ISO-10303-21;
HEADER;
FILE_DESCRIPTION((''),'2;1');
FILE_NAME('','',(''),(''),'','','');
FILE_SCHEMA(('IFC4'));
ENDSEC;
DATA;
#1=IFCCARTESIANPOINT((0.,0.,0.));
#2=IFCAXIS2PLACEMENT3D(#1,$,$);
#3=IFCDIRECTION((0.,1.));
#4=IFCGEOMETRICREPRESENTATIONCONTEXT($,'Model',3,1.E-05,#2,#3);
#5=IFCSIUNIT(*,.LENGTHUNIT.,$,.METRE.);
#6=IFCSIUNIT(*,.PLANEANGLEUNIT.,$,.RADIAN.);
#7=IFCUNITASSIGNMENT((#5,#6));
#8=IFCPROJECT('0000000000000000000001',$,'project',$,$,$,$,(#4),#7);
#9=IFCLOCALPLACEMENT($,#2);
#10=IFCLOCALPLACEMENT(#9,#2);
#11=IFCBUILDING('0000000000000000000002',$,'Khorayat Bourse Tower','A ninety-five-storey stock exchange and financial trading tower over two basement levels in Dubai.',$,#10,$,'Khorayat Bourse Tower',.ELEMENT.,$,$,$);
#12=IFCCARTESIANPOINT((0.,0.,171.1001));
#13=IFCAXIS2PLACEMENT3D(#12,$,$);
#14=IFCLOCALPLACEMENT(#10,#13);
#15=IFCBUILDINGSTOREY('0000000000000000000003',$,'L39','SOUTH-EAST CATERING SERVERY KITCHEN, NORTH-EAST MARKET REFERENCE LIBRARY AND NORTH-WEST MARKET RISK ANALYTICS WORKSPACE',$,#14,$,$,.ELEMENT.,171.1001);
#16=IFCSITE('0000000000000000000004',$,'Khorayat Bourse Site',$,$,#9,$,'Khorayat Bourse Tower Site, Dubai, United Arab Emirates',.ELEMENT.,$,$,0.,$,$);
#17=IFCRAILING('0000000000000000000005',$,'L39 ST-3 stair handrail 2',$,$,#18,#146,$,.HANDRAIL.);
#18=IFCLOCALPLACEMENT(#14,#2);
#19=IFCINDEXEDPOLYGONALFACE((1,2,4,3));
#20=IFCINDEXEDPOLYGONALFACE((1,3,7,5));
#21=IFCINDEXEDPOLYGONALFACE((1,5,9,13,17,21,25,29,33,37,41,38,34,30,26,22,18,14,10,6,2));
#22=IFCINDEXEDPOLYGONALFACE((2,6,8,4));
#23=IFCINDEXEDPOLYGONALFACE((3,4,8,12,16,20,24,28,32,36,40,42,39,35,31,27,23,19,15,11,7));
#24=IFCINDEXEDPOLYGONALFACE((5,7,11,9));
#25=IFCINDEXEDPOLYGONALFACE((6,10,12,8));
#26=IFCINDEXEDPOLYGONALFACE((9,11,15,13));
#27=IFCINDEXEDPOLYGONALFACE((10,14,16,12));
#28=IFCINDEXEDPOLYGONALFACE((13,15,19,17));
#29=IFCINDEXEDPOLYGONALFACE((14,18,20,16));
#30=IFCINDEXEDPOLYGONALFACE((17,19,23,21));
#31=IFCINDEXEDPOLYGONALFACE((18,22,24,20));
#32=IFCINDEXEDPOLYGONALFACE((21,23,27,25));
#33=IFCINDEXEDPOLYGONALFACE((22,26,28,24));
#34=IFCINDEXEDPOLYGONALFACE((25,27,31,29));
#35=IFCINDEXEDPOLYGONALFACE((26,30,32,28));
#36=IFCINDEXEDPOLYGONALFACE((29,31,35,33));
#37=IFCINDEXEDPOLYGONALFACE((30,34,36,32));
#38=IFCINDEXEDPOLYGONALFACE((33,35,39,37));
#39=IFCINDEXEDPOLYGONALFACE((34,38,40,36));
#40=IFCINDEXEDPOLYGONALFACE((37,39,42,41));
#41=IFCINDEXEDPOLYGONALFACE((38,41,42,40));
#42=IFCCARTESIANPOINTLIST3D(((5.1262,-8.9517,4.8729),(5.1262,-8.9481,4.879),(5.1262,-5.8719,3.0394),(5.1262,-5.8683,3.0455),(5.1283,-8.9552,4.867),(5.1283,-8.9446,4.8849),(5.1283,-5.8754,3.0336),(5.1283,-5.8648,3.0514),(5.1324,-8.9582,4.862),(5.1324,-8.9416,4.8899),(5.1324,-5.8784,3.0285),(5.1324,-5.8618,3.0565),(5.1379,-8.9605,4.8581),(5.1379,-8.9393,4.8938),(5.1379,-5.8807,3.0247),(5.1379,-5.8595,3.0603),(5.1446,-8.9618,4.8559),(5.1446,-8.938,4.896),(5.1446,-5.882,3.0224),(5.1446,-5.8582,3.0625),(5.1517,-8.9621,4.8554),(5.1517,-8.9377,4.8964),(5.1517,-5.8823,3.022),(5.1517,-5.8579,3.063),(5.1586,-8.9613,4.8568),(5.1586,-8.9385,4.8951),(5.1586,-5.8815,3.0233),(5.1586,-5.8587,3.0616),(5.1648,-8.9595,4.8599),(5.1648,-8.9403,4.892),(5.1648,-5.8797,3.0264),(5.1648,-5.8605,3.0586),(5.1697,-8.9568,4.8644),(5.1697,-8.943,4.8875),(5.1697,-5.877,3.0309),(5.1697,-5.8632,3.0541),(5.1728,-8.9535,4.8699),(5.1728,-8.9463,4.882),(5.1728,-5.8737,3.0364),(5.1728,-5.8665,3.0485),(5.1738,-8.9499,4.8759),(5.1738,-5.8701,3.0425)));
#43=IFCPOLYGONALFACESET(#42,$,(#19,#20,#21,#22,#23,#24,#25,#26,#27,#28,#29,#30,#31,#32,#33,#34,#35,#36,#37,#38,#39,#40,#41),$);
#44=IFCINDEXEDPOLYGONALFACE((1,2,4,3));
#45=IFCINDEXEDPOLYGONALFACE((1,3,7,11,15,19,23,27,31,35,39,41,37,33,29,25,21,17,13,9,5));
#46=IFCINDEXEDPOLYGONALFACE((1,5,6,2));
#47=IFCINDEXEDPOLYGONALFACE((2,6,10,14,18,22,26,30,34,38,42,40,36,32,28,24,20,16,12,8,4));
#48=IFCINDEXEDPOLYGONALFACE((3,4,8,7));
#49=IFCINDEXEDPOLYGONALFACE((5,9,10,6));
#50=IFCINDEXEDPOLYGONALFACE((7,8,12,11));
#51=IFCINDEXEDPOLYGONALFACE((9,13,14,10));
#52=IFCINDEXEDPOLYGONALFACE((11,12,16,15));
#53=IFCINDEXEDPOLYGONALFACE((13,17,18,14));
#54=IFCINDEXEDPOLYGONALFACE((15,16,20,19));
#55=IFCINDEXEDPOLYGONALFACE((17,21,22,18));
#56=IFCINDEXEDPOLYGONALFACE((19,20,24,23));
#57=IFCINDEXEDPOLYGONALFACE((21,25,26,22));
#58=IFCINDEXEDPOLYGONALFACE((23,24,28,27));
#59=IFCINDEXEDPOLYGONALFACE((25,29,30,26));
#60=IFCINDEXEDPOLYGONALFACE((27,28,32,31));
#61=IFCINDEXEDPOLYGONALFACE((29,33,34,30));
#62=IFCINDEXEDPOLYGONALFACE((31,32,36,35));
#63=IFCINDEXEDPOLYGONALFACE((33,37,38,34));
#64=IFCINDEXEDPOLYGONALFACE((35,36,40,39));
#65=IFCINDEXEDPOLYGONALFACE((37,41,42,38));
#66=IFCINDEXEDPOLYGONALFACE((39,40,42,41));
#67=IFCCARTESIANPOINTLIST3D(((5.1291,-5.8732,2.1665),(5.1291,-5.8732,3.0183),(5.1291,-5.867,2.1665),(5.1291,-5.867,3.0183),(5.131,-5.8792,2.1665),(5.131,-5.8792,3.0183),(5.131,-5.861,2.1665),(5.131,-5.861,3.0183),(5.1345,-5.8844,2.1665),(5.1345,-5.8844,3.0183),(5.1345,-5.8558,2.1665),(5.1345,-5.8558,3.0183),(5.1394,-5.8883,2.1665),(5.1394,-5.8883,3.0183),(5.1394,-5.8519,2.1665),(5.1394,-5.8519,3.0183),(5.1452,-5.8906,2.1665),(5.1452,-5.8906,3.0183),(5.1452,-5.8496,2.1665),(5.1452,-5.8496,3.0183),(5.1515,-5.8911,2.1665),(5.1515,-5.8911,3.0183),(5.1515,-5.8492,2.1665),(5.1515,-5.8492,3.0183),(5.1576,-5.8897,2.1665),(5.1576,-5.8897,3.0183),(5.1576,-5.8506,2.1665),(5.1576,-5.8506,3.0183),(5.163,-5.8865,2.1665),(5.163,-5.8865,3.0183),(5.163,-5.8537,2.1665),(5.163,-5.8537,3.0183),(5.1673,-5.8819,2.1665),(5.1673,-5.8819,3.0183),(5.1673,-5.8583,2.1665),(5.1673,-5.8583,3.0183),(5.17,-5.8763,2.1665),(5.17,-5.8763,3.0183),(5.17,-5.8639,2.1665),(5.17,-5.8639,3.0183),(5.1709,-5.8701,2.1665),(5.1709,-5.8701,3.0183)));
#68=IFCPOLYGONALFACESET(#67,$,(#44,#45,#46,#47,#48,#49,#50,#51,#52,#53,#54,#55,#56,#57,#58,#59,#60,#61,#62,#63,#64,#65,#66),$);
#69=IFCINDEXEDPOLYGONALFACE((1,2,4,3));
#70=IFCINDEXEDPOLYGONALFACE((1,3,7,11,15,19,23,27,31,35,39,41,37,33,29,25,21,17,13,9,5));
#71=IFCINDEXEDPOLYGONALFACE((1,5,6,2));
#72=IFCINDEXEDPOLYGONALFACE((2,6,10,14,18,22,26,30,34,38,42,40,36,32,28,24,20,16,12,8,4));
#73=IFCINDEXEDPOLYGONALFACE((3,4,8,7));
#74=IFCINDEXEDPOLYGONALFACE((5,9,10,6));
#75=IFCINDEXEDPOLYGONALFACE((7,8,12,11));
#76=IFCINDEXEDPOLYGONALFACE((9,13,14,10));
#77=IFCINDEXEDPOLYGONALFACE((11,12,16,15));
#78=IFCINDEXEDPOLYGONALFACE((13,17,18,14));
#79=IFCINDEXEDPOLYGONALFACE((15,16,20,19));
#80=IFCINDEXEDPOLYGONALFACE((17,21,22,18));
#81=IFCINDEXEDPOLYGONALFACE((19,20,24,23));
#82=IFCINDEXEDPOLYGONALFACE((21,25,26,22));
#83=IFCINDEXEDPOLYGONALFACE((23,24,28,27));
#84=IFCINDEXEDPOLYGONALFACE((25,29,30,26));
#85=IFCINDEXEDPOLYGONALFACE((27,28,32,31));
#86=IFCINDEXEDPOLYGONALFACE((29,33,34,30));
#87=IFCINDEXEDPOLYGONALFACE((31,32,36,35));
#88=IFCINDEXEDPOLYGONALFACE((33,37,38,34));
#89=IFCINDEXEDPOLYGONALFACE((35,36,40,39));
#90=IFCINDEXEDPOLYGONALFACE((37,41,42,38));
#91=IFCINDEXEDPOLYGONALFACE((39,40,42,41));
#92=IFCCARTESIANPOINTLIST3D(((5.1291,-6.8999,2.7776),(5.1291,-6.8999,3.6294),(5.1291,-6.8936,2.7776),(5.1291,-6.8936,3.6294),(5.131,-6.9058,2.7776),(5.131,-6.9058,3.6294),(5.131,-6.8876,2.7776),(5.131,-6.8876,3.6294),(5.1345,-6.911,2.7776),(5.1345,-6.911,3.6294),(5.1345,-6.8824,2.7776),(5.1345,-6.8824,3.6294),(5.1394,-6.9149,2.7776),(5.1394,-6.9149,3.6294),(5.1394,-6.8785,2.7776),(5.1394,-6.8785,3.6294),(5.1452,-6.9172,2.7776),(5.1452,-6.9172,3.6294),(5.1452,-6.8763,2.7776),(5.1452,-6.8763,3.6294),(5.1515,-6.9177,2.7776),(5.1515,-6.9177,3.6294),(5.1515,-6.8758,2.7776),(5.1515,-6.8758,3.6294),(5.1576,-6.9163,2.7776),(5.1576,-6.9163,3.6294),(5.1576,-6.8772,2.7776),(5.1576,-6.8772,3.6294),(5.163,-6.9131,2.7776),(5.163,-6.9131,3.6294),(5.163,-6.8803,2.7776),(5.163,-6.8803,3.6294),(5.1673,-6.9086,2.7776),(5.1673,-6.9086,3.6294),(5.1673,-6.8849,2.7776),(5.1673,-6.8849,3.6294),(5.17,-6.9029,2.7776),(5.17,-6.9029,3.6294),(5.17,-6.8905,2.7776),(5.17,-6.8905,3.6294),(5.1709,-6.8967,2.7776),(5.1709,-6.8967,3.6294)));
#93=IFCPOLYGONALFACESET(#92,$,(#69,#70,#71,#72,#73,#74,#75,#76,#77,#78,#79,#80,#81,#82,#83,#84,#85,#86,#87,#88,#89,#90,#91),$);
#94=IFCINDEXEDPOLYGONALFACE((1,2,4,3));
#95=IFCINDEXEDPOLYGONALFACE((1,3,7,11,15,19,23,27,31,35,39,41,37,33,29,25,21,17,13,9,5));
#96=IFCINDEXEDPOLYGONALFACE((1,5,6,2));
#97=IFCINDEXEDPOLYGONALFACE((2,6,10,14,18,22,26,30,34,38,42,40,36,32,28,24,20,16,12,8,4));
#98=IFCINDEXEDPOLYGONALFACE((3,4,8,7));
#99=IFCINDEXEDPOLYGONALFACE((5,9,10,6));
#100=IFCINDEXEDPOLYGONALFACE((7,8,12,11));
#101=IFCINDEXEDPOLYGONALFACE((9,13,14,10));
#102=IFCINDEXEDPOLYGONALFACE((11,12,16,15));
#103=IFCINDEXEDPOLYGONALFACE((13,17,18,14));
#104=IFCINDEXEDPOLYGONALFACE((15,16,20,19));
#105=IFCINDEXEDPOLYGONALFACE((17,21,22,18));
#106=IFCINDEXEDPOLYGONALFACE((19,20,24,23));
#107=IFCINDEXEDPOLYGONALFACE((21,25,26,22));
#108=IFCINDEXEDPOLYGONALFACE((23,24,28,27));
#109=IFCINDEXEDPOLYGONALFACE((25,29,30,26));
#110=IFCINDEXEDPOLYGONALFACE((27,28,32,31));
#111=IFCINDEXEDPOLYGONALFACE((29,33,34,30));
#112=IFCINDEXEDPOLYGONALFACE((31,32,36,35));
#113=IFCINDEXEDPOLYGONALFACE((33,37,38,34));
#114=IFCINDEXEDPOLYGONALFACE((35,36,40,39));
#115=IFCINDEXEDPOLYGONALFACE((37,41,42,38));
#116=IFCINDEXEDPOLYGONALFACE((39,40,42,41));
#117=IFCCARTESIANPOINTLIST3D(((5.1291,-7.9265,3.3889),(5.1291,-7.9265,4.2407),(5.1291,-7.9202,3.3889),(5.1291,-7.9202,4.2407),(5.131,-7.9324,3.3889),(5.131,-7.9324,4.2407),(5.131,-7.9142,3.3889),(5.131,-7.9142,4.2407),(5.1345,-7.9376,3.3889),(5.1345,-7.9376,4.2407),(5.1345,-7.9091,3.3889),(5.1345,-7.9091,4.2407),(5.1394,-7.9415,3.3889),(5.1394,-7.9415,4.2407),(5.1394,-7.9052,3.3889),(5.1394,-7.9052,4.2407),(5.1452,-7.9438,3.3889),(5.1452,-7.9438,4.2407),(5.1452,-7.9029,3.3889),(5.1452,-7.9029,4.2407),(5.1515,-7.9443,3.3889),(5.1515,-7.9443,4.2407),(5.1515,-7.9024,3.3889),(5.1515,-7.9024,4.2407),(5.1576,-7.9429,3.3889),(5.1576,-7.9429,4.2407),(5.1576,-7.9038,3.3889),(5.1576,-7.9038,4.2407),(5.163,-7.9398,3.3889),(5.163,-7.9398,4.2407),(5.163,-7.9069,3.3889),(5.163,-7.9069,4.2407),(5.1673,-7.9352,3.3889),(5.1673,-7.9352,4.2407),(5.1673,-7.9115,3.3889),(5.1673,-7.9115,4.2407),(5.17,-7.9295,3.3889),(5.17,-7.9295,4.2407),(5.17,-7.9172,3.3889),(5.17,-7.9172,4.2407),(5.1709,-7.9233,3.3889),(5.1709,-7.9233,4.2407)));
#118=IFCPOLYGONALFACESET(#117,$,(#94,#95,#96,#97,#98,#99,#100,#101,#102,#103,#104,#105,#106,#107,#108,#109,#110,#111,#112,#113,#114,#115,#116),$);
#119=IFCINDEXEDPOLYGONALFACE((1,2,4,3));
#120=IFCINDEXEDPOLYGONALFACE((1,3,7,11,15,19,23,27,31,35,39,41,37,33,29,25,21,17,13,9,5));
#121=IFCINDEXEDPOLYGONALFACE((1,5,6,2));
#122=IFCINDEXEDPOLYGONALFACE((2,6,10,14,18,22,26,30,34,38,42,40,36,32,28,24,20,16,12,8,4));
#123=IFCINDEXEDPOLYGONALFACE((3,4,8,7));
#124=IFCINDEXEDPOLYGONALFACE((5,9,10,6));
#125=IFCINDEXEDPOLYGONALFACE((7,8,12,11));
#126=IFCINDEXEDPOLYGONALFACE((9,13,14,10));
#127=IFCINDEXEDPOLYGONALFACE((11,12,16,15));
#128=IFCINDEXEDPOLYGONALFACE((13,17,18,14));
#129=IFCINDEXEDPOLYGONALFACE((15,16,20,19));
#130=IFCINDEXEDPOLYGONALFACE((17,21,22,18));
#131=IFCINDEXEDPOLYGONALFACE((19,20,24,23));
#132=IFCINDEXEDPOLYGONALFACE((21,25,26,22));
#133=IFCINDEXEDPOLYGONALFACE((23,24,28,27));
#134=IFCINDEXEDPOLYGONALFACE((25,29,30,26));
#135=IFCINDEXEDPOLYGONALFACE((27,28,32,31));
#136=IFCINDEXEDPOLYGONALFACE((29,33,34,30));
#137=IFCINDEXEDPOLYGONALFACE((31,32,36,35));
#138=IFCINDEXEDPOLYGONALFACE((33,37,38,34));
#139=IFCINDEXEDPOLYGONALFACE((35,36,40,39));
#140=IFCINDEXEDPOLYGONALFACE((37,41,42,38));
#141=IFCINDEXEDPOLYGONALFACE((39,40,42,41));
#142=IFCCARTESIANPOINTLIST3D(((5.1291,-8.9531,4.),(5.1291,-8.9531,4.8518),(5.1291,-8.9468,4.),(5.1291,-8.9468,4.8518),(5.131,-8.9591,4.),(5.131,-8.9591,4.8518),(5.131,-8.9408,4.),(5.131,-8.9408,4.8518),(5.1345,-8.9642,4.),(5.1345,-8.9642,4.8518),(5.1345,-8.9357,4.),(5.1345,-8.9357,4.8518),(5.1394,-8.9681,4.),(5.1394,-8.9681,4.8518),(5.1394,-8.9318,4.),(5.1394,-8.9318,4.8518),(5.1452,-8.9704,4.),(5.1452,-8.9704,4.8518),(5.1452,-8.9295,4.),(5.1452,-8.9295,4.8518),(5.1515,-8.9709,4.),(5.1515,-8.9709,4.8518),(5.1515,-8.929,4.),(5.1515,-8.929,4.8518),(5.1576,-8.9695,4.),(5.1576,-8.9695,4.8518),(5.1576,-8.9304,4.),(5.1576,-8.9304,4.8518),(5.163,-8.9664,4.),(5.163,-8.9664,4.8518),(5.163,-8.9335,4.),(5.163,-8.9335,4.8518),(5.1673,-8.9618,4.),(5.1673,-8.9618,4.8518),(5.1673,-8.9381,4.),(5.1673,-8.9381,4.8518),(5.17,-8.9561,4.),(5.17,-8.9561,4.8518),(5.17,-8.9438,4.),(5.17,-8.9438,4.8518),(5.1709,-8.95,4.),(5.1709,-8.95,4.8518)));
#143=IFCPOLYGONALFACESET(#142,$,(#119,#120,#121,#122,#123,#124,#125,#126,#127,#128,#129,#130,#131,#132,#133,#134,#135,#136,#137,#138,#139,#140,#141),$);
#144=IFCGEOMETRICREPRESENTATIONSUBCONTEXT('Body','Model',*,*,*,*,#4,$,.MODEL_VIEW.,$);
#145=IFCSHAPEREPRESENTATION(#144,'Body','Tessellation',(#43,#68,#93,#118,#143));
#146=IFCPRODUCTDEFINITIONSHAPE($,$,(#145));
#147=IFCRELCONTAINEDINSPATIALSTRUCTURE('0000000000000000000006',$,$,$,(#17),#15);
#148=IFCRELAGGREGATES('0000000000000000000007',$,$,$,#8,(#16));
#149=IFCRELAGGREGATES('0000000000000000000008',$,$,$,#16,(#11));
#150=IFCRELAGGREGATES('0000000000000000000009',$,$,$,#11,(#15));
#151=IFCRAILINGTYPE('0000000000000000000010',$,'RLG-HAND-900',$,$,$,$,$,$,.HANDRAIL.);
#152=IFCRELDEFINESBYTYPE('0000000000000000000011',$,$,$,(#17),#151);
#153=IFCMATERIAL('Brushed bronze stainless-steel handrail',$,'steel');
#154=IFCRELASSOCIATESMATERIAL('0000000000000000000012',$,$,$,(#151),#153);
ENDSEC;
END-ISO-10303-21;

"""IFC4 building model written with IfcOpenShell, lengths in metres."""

from ifc_helpers import new_model, si_unit, direction, frame, origin, origin_2d, place, context, subcontext, project, spatial, circle, extrude, source, transform, mapped, material, type_object, element, save


model = new_model("IFC4")

# Units and contexts
model_context = context("Model", 3, precision=1e-05, world=origin(), true_north=direction((0.0, 1.0)))
body_context = subcontext(model_context, "Body", "Model", "MODEL_VIEW")
ifc_project = project(units=[si_unit("LENGTHUNIT", "METRE"), si_unit("PLANEANGLEUNIT", "RADIAN")], contexts=[model_context])

# Site, building, storey
site_placement = place(None, origin())
site = spatial("IfcSite", under=ifc_project, at=site_placement, Name="Khorayat Bourse Site", LongName="Khorayat Bourse Tower Site, Dubai, United Arab Emirates", CompositionType="ELEMENT", RefElevation=0.0)
building_placement = place(site_placement, origin())
building = spatial("IfcBuilding", under=site, at=building_placement, Name="Khorayat Bourse Tower", Description="A ninety-five-storey stock exchange and financial trading tower over two basement levels in Dubai.", LongName="Khorayat Bourse Tower", CompositionType="ELEMENT")
storey_placement = place(building_placement, frame((0.0, 0.0, 171.1001)))
storey = spatial("IfcBuildingStorey", under=building, at=storey_placement, Name="L39", Description="SOUTH-EAST CATERING SERVERY KITCHEN, NORTH-EAST MARKET REFERENCE LIBRARY AND NORTH-WEST MARKET RISK ANALYTICS WORKSPACE", CompositionType="ELEMENT", Elevation=171.1001)

# Railing
ifc_material_1 = material(Name="Brushed bronze stainless-steel handrail", Category="steel")
railing_type = type_object("IfcRailingType", Name="RLG-HAND-900", PredefinedType="HANDRAIL", material=ifc_material_1)
shared_shape_1 = source(origin(), body_context, "Body", "SweptSolid", [
    extrude(circle(Radius=0.0239, at=origin_2d()), frame((0.0, 0.0, 0.876), z_axis=(0.0, -0.859261, 0.511538), x_axis=(1.0, 0.0, 0.0)), (0.0, 0.0, 1.0), 3.5842),
    extrude(circle(Radius=0.021, at=origin_2d()), origin(), (0.0, 0.0, 1.0), 0.8518),
    extrude(circle(Radius=0.021, at=origin_2d()), frame((0.0, -1.0266, 0.6111)), (0.0, 0.0, 1.0), 0.8518),
    extrude(circle(Radius=0.021, at=origin_2d()), frame((0.0, -2.0532, 1.2224)), (0.0, 0.0, 1.0), 0.8518),
    extrude(circle(Radius=0.021, at=origin_2d()), frame((0.0, -3.0798, 1.8335)), (0.0, 0.0, 1.0), 0.8518),
])
railing_placement = place(storey_placement, frame((5.1499, -5.8701, 2.1665)))
element("IfcRailing", 1, at=railing_placement, inside=storey, type_object=railing_type, Name="L39 ST-3 stair handrail 2", PredefinedType="HANDRAIL", context=body_context, shape_type="MappedRepresentation", body=[
    mapped(shared_shape_1, transform((0.0, 0.0, 0.0), scale=1.0)),
])

save(model, "model.ifc")
